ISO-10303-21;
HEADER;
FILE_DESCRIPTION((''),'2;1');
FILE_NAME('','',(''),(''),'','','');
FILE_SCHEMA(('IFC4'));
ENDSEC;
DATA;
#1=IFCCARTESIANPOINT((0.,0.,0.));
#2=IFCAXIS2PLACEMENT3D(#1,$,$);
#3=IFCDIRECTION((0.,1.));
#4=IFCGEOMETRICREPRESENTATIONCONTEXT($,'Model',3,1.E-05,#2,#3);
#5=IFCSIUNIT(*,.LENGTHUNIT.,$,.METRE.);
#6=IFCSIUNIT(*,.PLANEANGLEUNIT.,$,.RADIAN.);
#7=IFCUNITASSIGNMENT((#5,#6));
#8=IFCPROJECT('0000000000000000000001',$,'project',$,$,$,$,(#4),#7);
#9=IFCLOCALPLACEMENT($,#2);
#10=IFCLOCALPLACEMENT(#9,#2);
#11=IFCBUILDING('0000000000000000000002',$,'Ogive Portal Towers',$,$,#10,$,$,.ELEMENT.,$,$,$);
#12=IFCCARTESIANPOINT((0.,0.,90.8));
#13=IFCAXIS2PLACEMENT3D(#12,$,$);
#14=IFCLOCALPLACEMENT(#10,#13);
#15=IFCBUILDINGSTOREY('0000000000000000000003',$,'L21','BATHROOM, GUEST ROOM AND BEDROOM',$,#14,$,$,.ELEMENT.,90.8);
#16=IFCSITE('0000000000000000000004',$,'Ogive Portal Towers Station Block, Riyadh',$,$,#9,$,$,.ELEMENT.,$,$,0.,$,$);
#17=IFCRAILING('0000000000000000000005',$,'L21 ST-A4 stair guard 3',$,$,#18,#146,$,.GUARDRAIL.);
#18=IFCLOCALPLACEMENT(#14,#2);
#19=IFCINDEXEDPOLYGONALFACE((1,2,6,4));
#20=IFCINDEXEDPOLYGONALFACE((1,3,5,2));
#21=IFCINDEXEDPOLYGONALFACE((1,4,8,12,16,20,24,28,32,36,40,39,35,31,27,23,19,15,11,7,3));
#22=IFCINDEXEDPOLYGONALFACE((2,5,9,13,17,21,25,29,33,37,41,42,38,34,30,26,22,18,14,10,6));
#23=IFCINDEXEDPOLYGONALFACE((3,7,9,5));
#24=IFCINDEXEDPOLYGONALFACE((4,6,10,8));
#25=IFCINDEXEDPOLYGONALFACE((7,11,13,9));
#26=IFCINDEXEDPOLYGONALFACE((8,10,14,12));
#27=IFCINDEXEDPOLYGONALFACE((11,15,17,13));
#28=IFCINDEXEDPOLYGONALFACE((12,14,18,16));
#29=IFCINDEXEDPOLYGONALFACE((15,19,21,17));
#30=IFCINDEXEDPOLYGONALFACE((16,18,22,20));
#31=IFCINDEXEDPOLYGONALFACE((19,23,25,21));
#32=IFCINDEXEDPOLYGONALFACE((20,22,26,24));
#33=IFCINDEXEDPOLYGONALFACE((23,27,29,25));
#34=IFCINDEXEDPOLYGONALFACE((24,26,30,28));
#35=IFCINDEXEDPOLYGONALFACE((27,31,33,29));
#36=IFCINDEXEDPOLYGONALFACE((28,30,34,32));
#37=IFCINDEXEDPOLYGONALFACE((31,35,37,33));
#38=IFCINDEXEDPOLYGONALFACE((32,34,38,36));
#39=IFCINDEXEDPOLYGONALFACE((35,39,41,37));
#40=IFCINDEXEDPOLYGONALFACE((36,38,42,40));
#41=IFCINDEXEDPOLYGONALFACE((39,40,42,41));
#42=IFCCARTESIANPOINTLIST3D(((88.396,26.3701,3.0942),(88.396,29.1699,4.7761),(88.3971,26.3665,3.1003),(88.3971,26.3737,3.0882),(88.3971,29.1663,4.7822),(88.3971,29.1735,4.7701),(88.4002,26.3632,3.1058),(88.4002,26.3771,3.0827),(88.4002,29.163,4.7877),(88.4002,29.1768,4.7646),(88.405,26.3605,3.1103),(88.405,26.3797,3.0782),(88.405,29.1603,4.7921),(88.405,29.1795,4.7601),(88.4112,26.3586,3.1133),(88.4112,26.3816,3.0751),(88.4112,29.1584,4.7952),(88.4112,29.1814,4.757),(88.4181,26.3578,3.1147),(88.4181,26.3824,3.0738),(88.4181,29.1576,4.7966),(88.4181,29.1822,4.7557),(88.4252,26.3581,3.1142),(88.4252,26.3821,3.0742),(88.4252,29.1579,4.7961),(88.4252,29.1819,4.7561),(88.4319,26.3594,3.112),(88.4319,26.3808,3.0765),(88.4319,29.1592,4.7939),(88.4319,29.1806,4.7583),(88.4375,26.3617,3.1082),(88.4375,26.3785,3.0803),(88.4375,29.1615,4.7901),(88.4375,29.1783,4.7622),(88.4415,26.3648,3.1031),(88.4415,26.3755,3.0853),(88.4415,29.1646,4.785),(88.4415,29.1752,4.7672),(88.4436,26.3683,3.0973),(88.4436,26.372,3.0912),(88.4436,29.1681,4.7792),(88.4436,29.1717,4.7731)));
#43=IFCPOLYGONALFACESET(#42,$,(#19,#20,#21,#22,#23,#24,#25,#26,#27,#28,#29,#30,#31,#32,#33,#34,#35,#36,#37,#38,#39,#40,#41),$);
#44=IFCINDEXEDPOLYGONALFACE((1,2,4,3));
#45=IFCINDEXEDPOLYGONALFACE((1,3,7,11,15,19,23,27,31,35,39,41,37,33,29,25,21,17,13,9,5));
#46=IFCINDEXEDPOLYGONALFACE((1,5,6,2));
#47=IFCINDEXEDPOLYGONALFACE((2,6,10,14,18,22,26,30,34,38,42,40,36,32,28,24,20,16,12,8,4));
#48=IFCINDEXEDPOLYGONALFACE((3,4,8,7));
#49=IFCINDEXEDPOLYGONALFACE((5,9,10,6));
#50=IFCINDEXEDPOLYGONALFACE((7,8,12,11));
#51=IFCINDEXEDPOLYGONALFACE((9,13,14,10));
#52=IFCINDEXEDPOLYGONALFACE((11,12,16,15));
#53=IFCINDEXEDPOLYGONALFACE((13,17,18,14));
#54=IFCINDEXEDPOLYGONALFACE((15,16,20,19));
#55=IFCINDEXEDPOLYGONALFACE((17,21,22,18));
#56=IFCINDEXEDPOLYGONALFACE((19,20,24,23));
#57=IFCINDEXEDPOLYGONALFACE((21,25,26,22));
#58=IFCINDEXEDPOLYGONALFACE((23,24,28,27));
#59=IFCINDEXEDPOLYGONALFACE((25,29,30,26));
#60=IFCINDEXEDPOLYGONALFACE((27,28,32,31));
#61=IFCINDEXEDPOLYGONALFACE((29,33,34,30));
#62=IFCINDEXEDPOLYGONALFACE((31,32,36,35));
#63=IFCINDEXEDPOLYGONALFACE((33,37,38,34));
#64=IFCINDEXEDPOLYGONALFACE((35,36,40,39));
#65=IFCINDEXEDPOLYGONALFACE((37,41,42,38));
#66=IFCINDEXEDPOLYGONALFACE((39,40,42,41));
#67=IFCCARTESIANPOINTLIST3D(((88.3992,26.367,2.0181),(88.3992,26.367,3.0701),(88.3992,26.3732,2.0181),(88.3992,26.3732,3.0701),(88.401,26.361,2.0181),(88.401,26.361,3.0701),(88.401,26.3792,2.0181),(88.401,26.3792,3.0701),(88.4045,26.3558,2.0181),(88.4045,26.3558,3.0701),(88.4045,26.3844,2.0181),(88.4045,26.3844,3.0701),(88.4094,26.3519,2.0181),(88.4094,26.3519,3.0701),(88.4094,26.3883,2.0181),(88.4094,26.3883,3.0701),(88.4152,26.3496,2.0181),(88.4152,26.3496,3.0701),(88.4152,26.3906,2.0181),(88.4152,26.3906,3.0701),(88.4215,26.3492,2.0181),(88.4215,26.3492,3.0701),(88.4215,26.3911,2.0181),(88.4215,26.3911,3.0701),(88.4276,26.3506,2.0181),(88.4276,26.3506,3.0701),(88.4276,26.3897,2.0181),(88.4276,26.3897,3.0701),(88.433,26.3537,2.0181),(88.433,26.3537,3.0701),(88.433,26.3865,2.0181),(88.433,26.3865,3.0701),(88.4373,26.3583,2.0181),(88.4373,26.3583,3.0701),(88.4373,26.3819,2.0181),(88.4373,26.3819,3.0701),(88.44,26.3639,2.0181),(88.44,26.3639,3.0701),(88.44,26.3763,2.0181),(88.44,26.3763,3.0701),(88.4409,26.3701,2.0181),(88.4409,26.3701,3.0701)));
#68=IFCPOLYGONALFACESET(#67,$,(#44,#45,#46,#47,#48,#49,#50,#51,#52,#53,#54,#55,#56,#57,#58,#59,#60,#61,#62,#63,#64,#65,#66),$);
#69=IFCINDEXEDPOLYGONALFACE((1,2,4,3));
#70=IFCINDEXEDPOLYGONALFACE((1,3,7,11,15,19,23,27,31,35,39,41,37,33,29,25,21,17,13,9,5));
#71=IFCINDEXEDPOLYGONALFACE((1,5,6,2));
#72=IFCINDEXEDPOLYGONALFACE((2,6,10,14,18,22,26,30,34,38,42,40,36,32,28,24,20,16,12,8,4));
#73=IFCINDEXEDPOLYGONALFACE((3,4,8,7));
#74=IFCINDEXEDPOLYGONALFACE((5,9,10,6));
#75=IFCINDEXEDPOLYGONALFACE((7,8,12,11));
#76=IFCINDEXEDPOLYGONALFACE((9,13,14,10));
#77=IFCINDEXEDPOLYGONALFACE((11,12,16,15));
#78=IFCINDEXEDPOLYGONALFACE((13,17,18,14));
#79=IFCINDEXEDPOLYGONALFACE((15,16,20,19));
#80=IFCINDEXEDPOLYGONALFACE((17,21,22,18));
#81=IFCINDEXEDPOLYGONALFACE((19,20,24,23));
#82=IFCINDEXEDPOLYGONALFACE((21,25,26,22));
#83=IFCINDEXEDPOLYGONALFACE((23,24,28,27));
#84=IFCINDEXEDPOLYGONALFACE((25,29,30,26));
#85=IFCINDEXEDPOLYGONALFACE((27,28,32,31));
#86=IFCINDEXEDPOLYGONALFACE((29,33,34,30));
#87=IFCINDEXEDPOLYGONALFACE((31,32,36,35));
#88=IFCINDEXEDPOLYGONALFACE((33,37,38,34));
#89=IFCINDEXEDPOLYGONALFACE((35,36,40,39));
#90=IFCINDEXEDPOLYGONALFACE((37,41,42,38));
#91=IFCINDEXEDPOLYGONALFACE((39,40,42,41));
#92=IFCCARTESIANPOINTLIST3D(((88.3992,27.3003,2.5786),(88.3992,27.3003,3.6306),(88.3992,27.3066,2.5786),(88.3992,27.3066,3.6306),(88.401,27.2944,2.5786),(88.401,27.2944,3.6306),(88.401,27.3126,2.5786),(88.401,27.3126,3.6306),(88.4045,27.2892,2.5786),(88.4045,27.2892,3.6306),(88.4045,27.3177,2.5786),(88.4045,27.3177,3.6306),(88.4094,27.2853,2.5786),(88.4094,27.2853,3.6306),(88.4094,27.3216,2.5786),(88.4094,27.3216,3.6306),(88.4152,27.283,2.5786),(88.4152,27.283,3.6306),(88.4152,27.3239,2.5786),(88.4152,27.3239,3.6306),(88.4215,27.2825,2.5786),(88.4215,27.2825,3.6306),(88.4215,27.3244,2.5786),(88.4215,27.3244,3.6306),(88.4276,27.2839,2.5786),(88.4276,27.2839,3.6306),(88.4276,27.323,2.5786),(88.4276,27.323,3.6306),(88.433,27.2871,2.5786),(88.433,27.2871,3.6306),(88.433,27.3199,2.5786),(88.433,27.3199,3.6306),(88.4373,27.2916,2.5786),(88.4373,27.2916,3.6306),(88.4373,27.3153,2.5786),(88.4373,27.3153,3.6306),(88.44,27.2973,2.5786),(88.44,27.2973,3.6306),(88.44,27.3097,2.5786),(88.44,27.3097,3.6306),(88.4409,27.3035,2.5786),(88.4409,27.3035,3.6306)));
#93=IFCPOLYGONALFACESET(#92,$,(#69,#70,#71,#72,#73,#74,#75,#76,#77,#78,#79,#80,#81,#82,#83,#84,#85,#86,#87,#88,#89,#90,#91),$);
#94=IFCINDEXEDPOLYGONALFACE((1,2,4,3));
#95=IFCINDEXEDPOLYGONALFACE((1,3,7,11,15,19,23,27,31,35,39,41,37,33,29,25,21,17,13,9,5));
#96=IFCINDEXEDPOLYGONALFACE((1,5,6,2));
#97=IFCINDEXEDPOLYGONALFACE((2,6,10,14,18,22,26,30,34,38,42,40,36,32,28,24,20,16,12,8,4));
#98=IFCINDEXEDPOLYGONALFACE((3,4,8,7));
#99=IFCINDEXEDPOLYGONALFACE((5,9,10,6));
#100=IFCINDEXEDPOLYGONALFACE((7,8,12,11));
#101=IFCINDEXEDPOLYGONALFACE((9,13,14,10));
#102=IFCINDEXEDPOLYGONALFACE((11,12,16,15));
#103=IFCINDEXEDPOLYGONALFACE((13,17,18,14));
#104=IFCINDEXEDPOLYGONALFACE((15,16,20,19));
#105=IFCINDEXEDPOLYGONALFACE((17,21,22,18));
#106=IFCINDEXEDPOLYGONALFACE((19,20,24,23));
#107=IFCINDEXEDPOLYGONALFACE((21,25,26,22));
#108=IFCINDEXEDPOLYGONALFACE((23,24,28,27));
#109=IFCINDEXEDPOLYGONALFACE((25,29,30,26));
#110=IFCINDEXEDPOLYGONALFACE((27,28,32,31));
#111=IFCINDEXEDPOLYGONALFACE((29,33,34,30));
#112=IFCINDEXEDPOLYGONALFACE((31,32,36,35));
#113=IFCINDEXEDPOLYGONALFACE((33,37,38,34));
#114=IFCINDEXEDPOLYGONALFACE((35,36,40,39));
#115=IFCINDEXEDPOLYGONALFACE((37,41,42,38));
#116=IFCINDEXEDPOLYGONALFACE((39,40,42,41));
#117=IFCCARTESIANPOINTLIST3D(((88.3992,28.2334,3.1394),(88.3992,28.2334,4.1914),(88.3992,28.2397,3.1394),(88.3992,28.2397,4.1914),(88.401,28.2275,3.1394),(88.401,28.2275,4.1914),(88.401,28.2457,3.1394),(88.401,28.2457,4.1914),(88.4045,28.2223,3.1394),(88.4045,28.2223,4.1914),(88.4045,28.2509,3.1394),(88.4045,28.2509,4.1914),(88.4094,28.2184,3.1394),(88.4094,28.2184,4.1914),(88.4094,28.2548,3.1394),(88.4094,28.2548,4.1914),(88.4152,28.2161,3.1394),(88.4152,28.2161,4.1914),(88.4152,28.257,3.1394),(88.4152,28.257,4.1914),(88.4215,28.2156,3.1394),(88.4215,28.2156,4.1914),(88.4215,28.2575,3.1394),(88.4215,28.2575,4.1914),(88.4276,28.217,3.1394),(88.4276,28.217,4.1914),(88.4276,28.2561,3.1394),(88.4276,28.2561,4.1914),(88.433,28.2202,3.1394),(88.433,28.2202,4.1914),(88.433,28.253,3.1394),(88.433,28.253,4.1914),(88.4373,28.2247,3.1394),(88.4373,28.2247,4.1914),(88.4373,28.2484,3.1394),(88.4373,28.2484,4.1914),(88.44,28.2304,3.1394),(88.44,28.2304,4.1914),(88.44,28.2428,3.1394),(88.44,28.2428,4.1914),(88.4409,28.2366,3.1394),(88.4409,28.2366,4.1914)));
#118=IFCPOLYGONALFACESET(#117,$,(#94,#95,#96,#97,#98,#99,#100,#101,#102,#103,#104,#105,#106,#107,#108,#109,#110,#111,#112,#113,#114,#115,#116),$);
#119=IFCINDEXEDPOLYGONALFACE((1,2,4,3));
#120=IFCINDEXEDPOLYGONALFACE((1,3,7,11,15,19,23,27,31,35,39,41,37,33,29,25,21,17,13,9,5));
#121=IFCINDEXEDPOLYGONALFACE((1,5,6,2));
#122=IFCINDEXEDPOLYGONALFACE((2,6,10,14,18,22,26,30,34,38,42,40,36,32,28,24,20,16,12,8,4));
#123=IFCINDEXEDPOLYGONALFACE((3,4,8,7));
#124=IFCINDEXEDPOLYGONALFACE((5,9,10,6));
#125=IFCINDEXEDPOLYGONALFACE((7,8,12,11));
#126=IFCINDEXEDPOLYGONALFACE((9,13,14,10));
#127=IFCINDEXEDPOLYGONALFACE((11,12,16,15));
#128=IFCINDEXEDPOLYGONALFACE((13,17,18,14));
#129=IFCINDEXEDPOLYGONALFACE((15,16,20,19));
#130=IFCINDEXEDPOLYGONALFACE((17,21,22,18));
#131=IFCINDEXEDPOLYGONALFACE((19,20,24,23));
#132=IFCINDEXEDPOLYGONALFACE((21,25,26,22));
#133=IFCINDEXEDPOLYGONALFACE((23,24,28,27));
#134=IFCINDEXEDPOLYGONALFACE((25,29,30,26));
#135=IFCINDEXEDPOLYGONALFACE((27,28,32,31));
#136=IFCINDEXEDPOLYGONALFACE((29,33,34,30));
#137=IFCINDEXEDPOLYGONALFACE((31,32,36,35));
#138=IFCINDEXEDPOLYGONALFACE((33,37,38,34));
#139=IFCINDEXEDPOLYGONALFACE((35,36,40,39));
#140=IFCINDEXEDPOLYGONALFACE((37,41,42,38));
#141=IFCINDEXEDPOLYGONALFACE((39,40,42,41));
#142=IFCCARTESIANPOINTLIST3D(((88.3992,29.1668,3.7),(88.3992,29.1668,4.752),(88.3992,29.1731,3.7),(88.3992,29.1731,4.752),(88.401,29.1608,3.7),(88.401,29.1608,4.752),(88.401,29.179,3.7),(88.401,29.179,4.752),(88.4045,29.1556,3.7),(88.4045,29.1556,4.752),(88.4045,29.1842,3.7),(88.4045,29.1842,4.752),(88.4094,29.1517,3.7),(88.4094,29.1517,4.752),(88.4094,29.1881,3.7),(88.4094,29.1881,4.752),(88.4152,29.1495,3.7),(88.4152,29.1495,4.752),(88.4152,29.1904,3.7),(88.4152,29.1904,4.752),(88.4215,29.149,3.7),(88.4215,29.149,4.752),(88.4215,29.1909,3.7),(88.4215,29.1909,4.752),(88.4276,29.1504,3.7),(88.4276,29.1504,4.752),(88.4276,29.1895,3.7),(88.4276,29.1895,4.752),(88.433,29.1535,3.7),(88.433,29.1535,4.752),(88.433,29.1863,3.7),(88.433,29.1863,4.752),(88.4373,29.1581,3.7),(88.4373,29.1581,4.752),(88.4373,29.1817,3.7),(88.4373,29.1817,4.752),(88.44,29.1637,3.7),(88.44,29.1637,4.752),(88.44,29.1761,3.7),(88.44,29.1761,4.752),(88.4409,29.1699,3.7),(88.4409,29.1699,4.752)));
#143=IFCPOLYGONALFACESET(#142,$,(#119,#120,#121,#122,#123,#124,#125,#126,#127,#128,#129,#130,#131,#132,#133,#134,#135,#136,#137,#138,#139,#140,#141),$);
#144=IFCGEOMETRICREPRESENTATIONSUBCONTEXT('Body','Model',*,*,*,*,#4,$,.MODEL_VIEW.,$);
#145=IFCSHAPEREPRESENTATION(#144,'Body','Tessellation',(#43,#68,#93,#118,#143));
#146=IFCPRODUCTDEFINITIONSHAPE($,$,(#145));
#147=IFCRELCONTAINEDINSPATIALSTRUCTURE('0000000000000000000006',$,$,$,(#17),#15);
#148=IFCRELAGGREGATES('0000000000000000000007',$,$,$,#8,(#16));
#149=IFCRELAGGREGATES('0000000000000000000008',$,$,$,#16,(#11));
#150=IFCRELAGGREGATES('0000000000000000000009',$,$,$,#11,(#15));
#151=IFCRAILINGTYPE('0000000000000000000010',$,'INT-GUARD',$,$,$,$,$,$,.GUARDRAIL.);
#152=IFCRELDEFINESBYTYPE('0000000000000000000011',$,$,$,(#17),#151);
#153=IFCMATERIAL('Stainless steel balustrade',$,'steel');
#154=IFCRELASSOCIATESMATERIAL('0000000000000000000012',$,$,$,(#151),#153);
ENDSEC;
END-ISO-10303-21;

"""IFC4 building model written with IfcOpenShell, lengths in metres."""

from ifc_helpers import new_model, si_unit, direction, frame, origin, origin_2d, place, context, subcontext, project, spatial, circle, extrude, material, type_object, element, save


model = new_model("IFC4")

# Units and contexts
model_context = context("Model", 3, precision=1e-05, world=origin(), true_north=direction((0.0, 1.0)))
body_context = subcontext(model_context, "Body", "Model", "MODEL_VIEW")
ifc_project = project(units=[si_unit("LENGTHUNIT", "METRE"), si_unit("PLANEANGLEUNIT", "RADIAN")], contexts=[model_context])

# Site, building, storey
site_placement = place(None, origin())
site = spatial("IfcSite", under=ifc_project, at=site_placement, Name="Ogive Portal Towers Station Block, Riyadh", CompositionType="ELEMENT", RefElevation=0.0)
building_placement = place(site_placement, origin())
building = spatial("IfcBuilding", under=site, at=building_placement, Name="Ogive Portal Towers", CompositionType="ELEMENT")
storey_placement = place(building_placement, frame((0.0, 0.0, 90.8)))
storey = spatial("IfcBuildingStorey", under=building, at=storey_placement, Name="L21", Description="BATHROOM, GUEST ROOM AND BEDROOM", CompositionType="ELEMENT", Elevation=90.8)

# Railing
ifc_material_1 = material(Name="Stainless steel balustrade", Category="steel")
railing_type_1 = type_object("IfcRailingType", Name="INT-GUARD", PredefinedType="GUARDRAIL", material=ifc_material_1)
railing_1_placement = place(storey_placement, frame((88.4199, 26.3701, 2.0181)))
element("IfcRailing", 1, at=railing_1_placement, inside=storey, type_object=railing_type_1, Name="L21 ST-A4 stair guard 3", PredefinedType="GUARDRAIL", context=body_context, shape_type="SweptSolid", body=[
    extrude(circle(Radius=0.0239, at=origin_2d()), frame((0.0, 0.0, 1.0762), z_axis=(0.0, 0.857222, 0.514946), x_axis=(-1.0, 0.0, 0.0)), (0.0, 0.0, 1.0), 3.2661),
    extrude(circle(Radius=0.021, at=origin_2d()), origin(), (0.0, 0.0, 1.0), 1.052),
    extrude(circle(Radius=0.021, at=origin_2d()), frame((0.0, 0.9333, 0.5605)), (0.0, 0.0, 1.0), 1.052),
    extrude(circle(Radius=0.021, at=origin_2d()), frame((0.0, 1.8665, 1.1213)), (0.0, 0.0, 1.0), 1.052),
    extrude(circle(Radius=0.021, at=origin_2d()), frame((0.0, 2.7998, 1.6819)), (0.0, 0.0, 1.0), 1.052),
])

save(model, "model.ifc")
